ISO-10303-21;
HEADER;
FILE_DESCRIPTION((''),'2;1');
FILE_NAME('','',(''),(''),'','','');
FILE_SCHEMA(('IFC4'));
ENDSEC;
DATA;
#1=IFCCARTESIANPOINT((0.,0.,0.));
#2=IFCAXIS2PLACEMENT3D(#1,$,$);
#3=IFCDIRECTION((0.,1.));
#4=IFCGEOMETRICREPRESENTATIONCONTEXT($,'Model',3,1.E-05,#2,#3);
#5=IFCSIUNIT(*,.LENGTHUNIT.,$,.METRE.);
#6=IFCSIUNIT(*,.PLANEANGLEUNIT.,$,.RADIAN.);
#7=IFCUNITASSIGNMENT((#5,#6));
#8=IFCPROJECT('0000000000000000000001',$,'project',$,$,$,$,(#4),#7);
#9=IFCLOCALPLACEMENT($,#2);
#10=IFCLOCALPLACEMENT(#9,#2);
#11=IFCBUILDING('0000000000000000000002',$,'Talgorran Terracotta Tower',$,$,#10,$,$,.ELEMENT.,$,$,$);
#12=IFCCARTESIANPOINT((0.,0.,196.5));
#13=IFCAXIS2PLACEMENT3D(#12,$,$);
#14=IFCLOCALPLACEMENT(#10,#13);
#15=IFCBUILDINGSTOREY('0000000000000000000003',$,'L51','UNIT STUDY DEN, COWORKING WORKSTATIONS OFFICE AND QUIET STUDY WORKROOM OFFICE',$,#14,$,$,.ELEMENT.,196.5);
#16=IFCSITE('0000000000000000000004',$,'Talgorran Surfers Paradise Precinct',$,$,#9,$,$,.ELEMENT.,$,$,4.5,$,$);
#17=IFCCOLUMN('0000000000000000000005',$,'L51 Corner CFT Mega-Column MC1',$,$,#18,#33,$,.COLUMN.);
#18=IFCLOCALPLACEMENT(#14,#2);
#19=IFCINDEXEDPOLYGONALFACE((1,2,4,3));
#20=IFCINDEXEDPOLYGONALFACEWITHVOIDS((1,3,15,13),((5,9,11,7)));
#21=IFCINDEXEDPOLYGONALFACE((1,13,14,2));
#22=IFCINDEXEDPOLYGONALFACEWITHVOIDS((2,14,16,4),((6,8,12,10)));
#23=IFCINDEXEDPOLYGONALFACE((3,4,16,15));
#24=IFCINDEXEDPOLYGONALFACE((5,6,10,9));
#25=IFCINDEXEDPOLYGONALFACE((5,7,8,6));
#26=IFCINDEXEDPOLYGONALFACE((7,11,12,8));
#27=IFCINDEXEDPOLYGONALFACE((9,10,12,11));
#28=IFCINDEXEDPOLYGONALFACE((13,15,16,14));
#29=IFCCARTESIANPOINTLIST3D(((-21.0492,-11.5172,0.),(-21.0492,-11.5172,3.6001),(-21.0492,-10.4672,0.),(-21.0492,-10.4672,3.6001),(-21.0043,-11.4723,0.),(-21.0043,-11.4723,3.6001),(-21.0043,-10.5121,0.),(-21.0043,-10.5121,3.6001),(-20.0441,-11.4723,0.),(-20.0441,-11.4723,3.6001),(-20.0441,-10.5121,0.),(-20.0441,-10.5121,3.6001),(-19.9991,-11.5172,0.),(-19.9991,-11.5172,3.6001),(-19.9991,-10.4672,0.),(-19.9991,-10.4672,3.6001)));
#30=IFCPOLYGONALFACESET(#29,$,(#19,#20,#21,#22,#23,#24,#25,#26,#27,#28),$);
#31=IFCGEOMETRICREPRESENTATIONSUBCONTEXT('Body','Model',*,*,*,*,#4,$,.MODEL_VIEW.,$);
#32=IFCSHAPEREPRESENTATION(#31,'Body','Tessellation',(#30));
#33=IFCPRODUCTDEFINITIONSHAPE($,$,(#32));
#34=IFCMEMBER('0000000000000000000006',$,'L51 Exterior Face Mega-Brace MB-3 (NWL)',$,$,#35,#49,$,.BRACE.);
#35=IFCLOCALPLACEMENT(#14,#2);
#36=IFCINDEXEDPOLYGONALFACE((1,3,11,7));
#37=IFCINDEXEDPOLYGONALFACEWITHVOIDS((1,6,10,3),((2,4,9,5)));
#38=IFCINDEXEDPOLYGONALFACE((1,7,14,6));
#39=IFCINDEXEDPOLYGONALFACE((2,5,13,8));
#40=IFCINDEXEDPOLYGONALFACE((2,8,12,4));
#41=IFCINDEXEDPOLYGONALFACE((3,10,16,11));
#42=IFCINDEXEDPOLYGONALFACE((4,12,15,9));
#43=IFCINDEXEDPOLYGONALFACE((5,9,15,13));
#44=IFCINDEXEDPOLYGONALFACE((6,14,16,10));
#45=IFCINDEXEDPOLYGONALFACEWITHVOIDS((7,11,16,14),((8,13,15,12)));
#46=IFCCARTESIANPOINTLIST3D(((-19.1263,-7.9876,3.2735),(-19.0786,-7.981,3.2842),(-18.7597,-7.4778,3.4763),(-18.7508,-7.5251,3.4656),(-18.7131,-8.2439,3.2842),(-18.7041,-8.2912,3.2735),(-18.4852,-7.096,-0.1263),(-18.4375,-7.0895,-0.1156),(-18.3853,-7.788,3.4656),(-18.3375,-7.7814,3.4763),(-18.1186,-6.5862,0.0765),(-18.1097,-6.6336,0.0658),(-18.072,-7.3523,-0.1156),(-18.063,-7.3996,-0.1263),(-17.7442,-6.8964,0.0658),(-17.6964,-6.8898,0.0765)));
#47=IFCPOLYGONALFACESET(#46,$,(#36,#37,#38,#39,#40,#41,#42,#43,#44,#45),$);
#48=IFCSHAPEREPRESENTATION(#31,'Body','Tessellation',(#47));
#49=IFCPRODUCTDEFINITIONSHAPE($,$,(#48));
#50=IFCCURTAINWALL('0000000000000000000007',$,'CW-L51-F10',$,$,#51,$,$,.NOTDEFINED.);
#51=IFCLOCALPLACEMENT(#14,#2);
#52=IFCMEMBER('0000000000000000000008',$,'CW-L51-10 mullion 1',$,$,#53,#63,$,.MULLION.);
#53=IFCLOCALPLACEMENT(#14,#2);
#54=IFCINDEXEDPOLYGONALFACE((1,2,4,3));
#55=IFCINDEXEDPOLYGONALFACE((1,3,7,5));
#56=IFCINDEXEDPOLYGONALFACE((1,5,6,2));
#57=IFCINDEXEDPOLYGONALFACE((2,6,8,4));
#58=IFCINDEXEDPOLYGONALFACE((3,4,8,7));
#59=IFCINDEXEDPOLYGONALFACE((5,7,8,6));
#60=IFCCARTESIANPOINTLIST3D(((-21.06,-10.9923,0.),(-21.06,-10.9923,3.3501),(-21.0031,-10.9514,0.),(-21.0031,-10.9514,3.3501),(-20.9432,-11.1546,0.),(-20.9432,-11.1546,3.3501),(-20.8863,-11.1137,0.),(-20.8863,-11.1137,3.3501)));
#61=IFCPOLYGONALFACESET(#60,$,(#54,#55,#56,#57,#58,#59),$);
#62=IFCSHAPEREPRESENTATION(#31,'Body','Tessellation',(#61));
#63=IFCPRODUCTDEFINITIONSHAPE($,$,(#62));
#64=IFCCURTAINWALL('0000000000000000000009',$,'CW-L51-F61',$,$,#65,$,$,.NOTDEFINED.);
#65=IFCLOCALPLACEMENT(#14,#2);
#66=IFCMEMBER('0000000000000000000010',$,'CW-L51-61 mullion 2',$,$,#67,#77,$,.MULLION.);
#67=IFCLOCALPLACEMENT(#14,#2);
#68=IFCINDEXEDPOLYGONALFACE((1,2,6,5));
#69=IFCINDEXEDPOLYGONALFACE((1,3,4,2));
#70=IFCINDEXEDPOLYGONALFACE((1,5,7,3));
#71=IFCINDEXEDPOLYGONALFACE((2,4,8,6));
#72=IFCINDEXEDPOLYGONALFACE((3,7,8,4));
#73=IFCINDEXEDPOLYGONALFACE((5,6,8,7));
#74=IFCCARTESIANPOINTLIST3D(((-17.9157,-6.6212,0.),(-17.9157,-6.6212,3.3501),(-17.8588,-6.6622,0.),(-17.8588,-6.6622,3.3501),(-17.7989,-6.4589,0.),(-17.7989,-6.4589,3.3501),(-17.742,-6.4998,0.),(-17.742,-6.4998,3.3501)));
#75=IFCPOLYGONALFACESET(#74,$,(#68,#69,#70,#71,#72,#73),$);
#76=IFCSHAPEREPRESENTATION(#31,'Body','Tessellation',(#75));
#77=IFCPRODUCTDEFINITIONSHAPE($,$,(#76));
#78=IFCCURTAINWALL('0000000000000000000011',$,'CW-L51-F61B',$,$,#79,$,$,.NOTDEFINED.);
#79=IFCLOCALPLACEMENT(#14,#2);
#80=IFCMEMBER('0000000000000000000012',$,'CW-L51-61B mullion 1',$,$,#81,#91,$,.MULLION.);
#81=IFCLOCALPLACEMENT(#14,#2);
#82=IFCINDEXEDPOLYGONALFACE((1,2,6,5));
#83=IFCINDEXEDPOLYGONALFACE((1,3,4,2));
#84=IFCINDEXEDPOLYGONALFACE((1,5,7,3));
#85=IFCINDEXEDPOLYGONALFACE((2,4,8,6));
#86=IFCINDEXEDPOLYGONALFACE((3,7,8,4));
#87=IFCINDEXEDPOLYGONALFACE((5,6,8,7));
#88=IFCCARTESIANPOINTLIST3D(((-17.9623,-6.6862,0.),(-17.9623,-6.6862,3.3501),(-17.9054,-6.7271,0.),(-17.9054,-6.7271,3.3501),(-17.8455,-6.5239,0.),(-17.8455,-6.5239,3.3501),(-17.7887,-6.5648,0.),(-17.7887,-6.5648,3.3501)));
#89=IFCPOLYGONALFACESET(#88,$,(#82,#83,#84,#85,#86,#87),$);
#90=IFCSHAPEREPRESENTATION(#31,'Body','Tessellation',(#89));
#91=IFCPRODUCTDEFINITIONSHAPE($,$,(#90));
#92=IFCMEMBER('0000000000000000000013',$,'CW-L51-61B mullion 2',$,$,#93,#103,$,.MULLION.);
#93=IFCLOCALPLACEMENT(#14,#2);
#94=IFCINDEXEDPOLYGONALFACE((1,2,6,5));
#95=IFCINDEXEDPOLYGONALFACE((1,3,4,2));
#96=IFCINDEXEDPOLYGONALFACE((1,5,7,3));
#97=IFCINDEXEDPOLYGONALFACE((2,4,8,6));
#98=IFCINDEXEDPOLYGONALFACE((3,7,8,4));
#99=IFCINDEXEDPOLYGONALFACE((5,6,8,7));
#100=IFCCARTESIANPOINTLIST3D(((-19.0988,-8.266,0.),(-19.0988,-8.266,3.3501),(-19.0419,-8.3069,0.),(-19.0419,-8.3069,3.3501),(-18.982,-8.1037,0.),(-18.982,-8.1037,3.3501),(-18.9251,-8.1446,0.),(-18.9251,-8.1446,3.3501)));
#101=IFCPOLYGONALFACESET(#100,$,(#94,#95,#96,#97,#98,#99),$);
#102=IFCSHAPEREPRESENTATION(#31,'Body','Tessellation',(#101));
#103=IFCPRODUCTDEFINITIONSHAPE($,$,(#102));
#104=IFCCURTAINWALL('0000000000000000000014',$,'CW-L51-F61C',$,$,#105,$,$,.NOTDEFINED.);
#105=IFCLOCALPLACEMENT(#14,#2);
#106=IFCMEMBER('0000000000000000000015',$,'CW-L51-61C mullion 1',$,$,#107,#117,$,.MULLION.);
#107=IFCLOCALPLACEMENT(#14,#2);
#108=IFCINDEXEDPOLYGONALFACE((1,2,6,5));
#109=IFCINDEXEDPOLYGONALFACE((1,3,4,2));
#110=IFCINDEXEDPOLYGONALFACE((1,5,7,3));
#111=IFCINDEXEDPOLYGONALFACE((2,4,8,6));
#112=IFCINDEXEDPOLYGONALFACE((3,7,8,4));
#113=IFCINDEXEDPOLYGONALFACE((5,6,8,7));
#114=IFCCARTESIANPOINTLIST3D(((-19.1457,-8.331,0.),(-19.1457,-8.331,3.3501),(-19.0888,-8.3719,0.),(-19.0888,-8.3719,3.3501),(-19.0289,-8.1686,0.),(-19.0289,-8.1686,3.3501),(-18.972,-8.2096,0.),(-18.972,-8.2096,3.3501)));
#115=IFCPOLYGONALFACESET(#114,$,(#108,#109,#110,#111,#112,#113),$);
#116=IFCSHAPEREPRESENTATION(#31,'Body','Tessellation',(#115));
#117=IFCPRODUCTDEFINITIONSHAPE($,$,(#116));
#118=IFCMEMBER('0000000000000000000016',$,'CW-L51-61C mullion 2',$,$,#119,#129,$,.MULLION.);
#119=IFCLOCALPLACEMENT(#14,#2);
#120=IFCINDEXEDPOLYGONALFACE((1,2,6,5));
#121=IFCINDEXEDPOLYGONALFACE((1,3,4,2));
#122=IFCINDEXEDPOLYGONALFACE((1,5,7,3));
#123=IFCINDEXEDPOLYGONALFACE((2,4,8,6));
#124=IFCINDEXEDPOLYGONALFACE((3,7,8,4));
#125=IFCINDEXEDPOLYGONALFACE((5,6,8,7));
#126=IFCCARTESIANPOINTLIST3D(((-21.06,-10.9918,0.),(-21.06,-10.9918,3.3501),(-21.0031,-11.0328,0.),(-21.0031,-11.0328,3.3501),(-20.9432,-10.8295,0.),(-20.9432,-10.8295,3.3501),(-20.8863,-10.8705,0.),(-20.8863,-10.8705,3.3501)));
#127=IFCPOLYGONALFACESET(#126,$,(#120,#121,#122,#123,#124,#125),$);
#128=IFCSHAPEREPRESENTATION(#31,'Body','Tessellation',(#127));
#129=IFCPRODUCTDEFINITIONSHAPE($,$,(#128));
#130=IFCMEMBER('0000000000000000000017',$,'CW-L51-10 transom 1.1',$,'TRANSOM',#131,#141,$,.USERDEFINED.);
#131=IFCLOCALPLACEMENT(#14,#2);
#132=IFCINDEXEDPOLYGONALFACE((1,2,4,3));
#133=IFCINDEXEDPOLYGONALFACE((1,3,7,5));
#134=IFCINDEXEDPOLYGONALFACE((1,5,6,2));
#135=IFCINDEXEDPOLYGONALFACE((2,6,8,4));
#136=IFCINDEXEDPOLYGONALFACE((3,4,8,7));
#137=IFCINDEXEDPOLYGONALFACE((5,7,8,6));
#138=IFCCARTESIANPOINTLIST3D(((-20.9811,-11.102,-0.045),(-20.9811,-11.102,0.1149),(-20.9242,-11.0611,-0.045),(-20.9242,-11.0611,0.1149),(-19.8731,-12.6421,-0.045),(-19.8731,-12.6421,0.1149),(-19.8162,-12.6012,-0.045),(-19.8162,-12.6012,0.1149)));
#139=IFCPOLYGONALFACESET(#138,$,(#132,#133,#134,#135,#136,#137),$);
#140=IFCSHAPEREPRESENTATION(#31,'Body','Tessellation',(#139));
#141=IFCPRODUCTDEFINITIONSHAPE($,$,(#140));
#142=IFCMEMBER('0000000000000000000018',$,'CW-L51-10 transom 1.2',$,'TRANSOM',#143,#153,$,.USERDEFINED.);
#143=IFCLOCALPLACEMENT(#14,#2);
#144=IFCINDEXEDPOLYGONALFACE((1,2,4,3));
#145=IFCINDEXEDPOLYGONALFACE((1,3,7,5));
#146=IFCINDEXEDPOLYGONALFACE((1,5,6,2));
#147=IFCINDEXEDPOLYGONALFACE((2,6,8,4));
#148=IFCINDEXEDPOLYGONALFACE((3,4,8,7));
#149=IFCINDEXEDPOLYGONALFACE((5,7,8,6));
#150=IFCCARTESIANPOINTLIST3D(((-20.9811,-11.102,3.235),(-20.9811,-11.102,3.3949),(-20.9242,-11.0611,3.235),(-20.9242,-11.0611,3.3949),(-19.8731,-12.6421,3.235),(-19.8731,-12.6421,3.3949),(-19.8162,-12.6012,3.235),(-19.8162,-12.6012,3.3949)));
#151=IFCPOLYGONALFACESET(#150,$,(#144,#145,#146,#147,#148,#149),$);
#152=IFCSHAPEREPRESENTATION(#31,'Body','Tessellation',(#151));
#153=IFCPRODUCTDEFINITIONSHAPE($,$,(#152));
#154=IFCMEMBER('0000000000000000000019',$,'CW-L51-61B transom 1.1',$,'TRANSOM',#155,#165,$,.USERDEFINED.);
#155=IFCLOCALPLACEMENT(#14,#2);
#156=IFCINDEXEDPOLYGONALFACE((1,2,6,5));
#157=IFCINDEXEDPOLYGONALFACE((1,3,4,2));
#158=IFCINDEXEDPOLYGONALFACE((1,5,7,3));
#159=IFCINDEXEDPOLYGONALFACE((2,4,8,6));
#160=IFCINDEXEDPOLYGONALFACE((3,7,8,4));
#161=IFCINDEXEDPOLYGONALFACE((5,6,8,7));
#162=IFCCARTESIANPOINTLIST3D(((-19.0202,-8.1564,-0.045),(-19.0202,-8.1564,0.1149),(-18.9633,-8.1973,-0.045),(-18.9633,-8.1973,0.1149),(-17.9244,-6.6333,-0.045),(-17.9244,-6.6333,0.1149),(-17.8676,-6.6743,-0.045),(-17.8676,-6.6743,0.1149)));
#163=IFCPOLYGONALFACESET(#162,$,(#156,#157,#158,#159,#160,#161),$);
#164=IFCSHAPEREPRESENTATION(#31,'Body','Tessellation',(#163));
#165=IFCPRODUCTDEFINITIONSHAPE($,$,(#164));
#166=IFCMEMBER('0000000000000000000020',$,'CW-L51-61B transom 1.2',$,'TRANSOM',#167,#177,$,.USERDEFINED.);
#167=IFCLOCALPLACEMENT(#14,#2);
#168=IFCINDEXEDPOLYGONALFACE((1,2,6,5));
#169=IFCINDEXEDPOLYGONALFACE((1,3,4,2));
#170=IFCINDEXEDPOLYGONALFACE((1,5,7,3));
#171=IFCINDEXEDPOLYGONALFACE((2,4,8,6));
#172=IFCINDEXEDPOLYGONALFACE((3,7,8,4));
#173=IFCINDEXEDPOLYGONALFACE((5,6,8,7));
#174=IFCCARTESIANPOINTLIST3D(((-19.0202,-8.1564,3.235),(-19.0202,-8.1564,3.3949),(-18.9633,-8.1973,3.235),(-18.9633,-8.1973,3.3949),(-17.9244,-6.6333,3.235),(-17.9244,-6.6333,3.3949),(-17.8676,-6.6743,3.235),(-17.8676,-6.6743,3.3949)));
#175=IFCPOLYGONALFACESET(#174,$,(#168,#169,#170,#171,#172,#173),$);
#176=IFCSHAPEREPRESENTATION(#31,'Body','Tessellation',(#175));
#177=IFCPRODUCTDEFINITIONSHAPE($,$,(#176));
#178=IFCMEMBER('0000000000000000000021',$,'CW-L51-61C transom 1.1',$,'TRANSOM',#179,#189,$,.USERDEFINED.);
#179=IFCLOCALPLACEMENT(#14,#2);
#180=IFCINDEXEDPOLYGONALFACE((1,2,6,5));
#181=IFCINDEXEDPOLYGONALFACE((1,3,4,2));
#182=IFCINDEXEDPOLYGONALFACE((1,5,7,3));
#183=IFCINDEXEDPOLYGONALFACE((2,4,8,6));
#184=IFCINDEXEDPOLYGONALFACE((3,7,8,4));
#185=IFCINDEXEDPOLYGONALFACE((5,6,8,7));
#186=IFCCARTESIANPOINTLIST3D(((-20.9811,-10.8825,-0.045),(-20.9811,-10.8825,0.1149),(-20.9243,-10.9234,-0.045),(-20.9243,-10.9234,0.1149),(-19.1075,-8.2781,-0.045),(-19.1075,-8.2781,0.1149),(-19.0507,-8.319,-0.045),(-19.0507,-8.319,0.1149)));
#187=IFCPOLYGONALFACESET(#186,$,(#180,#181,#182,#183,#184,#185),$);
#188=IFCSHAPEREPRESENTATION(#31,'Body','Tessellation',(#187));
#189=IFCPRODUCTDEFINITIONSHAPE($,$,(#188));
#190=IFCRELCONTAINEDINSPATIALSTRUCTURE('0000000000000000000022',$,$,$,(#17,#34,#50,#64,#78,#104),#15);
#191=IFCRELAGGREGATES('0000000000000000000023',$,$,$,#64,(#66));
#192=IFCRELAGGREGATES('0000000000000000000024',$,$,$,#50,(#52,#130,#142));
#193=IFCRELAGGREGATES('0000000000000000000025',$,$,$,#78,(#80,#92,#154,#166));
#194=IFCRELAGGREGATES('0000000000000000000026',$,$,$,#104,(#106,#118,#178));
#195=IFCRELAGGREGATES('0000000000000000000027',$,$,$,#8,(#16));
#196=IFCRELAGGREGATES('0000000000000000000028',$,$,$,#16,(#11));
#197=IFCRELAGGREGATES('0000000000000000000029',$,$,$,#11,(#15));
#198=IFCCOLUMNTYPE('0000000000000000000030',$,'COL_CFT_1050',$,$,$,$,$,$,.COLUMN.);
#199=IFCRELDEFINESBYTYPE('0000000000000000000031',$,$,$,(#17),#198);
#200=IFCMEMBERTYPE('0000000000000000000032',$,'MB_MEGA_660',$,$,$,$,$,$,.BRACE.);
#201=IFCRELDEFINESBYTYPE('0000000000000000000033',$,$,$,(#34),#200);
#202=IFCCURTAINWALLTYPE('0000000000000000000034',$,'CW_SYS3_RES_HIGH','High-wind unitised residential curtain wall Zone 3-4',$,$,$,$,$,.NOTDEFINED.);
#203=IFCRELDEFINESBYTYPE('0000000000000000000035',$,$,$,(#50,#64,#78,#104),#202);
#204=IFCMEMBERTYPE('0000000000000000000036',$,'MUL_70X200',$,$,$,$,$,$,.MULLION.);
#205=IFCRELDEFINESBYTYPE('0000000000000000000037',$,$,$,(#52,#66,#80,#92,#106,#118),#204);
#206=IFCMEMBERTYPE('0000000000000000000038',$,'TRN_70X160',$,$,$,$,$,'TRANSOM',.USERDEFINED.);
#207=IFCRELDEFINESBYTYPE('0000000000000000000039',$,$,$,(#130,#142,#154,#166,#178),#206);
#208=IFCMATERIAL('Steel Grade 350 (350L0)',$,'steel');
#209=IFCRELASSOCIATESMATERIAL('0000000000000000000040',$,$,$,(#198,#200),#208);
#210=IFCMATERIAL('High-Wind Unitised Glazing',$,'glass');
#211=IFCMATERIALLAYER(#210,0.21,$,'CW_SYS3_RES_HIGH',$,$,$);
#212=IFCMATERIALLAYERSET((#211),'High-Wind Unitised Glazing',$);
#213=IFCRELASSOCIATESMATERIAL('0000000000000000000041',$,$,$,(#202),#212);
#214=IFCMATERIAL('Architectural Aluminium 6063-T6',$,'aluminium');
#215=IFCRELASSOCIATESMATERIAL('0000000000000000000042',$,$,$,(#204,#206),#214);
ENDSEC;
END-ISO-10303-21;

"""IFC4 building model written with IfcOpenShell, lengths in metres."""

from ifc_helpers import new_model, si_unit, direction, frame, origin, origin_2d, place, context, subcontext, project, spatial, rectangle, hollow_rectangle, extrude, material, layer, layer_set, material_profile, profile_set, type_object, element, aggregate, save


model = new_model("IFC4")

# Units and contexts
model_context = context("Model", 3, precision=1e-05, world=origin(), true_north=direction((0.0, 1.0)))
body_context = subcontext(model_context, "Body", "Model", "MODEL_VIEW")
ifc_project = project(units=[si_unit("LENGTHUNIT", "METRE"), si_unit("PLANEANGLEUNIT", "RADIAN")], contexts=[model_context])

# Site, building, storey
site_placement = place(None, origin())
site = spatial("IfcSite", under=ifc_project, at=site_placement, Name="Talgorran Surfers Paradise Precinct", CompositionType="ELEMENT", RefElevation=4.5)
building_placement = place(site_placement, origin())
building = spatial("IfcBuilding", under=site, at=building_placement, Name="Talgorran Terracotta Tower", CompositionType="ELEMENT")
storey_placement = place(building_placement, frame((0.0, 0.0, 196.5)))
storey = spatial("IfcBuildingStorey", under=building, at=storey_placement, Name="L51", Description="UNIT STUDY DEN, COWORKING WORKSTATIONS OFFICE AND QUIET STUDY WORKROOM OFFICE", CompositionType="ELEMENT", Elevation=196.5)

# Column
ifc_material_1 = material(Name="Steel Grade 350 (350L0)", Category="steel")
ifc_material_profile_1 = material_profile(ifc_material_1, hollow_rectangle(XDim=1.05, YDim=1.05, WallThickness=0.0449, at=origin_2d()), Name="CFT1050X1050X45")
ifc_profile_set_1 = profile_set([ifc_material_profile_1], Name="Steel Grade 350 (350L0)")
column_type = type_object("IfcColumnType", Name="COL_CFT_1050", PredefinedType="COLUMN", material=ifc_profile_set_1)
column_placement = place(storey_placement, frame((-20.5242, -10.9922, 0.0), z_axis=(0.0, 0.0, 1.0), x_axis=(1.0, 0.0, 0.0)))
element("IfcColumn", 1, at=column_placement, inside=storey, type_object=column_type, Name="L51 Corner CFT Mega-Column MC1", PredefinedType="COLUMN", context=body_context, shape_type="SweptSolid", body=[
    extrude(hollow_rectangle(XDim=1.05, YDim=1.05, WallThickness=0.0449, at=origin_2d()), origin(), (0.0, 0.0, 1.0), 3.6001),
])

# Member
ifc_material_profile_2 = material_profile(ifc_material_1, hollow_rectangle(XDim=0.52, YDim=0.6599, WallThickness=0.0349, at=origin_2d()), Name="WBOX660X520X35")
ifc_profile_set_2 = profile_set([ifc_material_profile_2], Name="Steel Grade 350 (350L0)")
member_type_1 = type_object("IfcMemberType", Name="MB_MEGA_660", PredefinedType="BRACE", material=ifc_profile_set_2)
member_1_placement = place(storey_placement, frame((-18.0908, -6.9929, -0.0249), z_axis=(-0.17944, -0.249549, 0.951592), x_axis=(0.811897, -0.583801, 0.0)))
element("IfcMember", 2, at=member_1_placement, inside=storey, type_object=member_type_1, Name="L51 Exterior Face Mega-Brace MB-3 (NWL)", PredefinedType="BRACE", context=body_context, shape_type="SweptSolid", body=[
    extrude(hollow_rectangle(XDim=0.52, YDim=0.6599, WallThickness=0.0349, at=origin_2d()), origin(), (0.0, 0.0, 1.0), 3.5728),
])

# Curtain walls, members
ifc_material_2 = material(Name="High-Wind Unitised Glazing", Category="glass")
ifc_layer_1 = layer(ifc_material_2, 0.21, Name="CW_SYS3_RES_HIGH")
ifc_layer_set_1 = layer_set([ifc_layer_1], Name="High-Wind Unitised Glazing")
curtain_wall_type = type_object("IfcCurtainWallType", Name="CW_SYS3_RES_HIGH", Description="High-wind unitised residential curtain wall Zone 3-4", PredefinedType="NOTDEFINED", material=ifc_layer_set_1)
curtain_wall_1_placement = place(storey_placement, origin())
curtain_wall_1 = element("IfcCurtainWall", 3, at=curtain_wall_1_placement, inside=storey, type_object=curtain_wall_type, Name="CW-L51-F10", PredefinedType="NOTDEFINED")
ifc_material_3 = material(Name="Architectural Aluminium 6063-T6", Category="aluminium")
ifc_material_profile_3 = material_profile(ifc_material_3, rectangle(XDim=0.0701, YDim=0.2, at=origin_2d()), Name="CWM70X200")
ifc_profile_set_3 = profile_set([ifc_material_profile_3], Name="Architectural Aluminium 6063-T6")
member_type_2 = type_object("IfcMemberType", Name="MUL_70X200", PredefinedType="MULLION", material=ifc_profile_set_3)
member_2_placement = place(storey_placement, frame((-20.9731, -11.053, 0.0), z_axis=(0.0, 0.0, 1.0), x_axis=(0.811782, 0.583961, 0.0)))
member_2 = element("IfcMember", 4, at=member_2_placement, type_object=member_type_2, Name="CW-L51-10 mullion 1", PredefinedType="MULLION", context=body_context, shape_type="SweptSolid", body=[
    extrude(rectangle(XDim=0.0701, YDim=0.2, at=origin_2d()), origin(), (0.0, 0.0, 1.0), 3.3501),
])
curtain_wall_2_placement = place(storey_placement, origin())
curtain_wall_2 = element("IfcCurtainWall", 5, at=curtain_wall_2_placement, inside=storey, type_object=curtain_wall_type, Name="CW-L51-F61", PredefinedType="NOTDEFINED")
member_3_placement = place(storey_placement, frame((-17.8289, -6.5605, 0.0), z_axis=(0.0, 0.0, 1.0), x_axis=(0.811768, -0.583979, 0.0)))
member_3 = element("IfcMember", 6, at=member_3_placement, type_object=member_type_2, Name="CW-L51-61 mullion 2", PredefinedType="MULLION", context=body_context, shape_type="SweptSolid", body=[
    extrude(rectangle(XDim=0.0701, YDim=0.2, at=origin_2d()), origin(), (0.0, 0.0, 1.0), 3.3501),
])
aggregate(curtain_wall_2, [member_3])

# Curtain walls, members
curtain_wall_3_placement = place(storey_placement, origin())
curtain_wall_3 = element("IfcCurtainWall", 7, at=curtain_wall_3_placement, inside=storey, type_object=curtain_wall_type, Name="CW-L51-F61B", PredefinedType="NOTDEFINED")
member_4_placement = place(storey_placement, frame((-17.8755, -6.6255, 0.0), z_axis=(0.0, 0.0, 1.0), x_axis=(0.811775, -0.58397, 0.0)))
member_4 = element("IfcMember", 8, at=member_4_placement, type_object=member_type_2, Name="CW-L51-61B mullion 1", PredefinedType="MULLION", context=body_context, shape_type="SweptSolid", body=[
    extrude(rectangle(XDim=0.0701, YDim=0.2, at=origin_2d()), origin(), (0.0, 0.0, 1.0), 3.3501),
])
member_5_placement = place(storey_placement, frame((-19.012, -8.2053, 0.0), z_axis=(0.0, 0.0, 1.0), x_axis=(0.811775, -0.58397, 0.0)))
member_5 = element("IfcMember", 9, at=member_5_placement, type_object=member_type_2, Name="CW-L51-61B mullion 2", PredefinedType="MULLION", context=body_context, shape_type="SweptSolid", body=[
    extrude(rectangle(XDim=0.0701, YDim=0.2, at=origin_2d()), origin(), (0.0, 0.0, 1.0), 3.3501),
])
curtain_wall_4_placement = place(storey_placement, origin())
curtain_wall_4 = element("IfcCurtainWall", 10, at=curtain_wall_4_placement, inside=storey, type_object=curtain_wall_type, Name="CW-L51-F61C", PredefinedType="NOTDEFINED")
member_6_placement = place(storey_placement, frame((-19.0588, -8.2703, 0.0), z_axis=(0.0, 0.0, 1.0), x_axis=(0.811763, -0.583987, 0.0)))
member_6 = element("IfcMember", 11, at=member_6_placement, type_object=member_type_2, Name="CW-L51-61C mullion 1", PredefinedType="MULLION", context=body_context, shape_type="SweptSolid", body=[
    extrude(rectangle(XDim=0.0701, YDim=0.2, at=origin_2d()), origin(), (0.0, 0.0, 1.0), 3.3501),
])
member_7_placement = place(storey_placement, frame((-20.9731, -10.9312, 0.0), z_axis=(0.0, 0.0, 1.0), x_axis=(0.811763, -0.583987, 0.0)))
member_7 = element("IfcMember", 12, at=member_7_placement, type_object=member_type_2, Name="CW-L51-61C mullion 2", PredefinedType="MULLION", context=body_context, shape_type="SweptSolid", body=[
    extrude(rectangle(XDim=0.0701, YDim=0.2, at=origin_2d()), origin(), (0.0, 0.0, 1.0), 3.3501),
])

# Members
ifc_material_profile_4 = material_profile(ifc_material_3, rectangle(XDim=0.0701, YDim=0.1599, at=origin_2d()), Name="CWT70X160")
ifc_profile_set_4 = profile_set([ifc_material_profile_4], Name="Architectural Aluminium 6063-T6")
member_type_3 = type_object("IfcMemberType", Name="TRN_70X160", ElementType="TRANSOM", PredefinedType="USERDEFINED", material=ifc_profile_set_4)
member_8_placement = place(storey_placement, frame((-20.9526, -11.0815, 0.0349), z_axis=(0.583986, -0.811764, 0.0), x_axis=(0.811764, 0.583986, 0.0)))
member_8 = element("IfcMember", 13, at=member_8_placement, type_object=member_type_3, Name="CW-L51-10 transom 1.1", ObjectType="TRANSOM", PredefinedType="USERDEFINED", context=body_context, shape_type="SweptSolid", body=[
    extrude(rectangle(XDim=0.0701, YDim=0.1599, at=origin_2d()), origin(), (0.0, 0.0, 1.0), 1.8972),
])
member_9_placement = place(storey_placement, frame((-20.9526, -11.0815, 3.3149), z_axis=(0.583986, -0.811764, 0.0), x_axis=(0.811764, 0.583986, 0.0)))
member_9 = element("IfcMember", 14, at=member_9_placement, type_object=member_type_3, Name="CW-L51-10 transom 1.2", ObjectType="TRANSOM", PredefinedType="USERDEFINED", context=body_context, shape_type="SweptSolid", body=[
    extrude(rectangle(XDim=0.0701, YDim=0.1599, at=origin_2d()), origin(), (0.0, 0.0, 1.0), 1.8972),
])
aggregate(curtain_wall_1, [member_2, member_8, member_9])
member_10_placement = place(storey_placement, frame((-17.896, -6.6538, 0.0349), z_axis=(-0.584017, -0.811742, 0.0), x_axis=(0.811742, -0.584017, 0.0)))
member_10 = element("IfcMember", 15, at=member_10_placement, type_object=member_type_3, Name="CW-L51-61B transom 1.1", ObjectType="TRANSOM", PredefinedType="USERDEFINED", context=body_context, shape_type="SweptSolid", body=[
    extrude(rectangle(XDim=0.0701, YDim=0.1599, at=origin_2d()), origin(), (0.0, 0.0, 1.0), 1.8762),
])
member_11_placement = place(storey_placement, frame((-17.896, -6.6538, 3.3149), z_axis=(-0.584017, -0.811742, 0.0), x_axis=(0.811742, -0.584017, 0.0)))
member_11 = element("IfcMember", 16, at=member_11_placement, type_object=member_type_3, Name="CW-L51-61B transom 1.2", ObjectType="TRANSOM", PredefinedType="USERDEFINED", context=body_context, shape_type="SweptSolid", body=[
    extrude(rectangle(XDim=0.0701, YDim=0.1599, at=origin_2d()), origin(), (0.0, 0.0, 1.0), 1.8762),
])
member_12_placement = place(storey_placement, frame((-19.0791, -8.2986, 0.0349), z_axis=(-0.583992, -0.811759, 0.0), x_axis=(0.811759, -0.583992, 0.0)))
member_12 = element("IfcMember", 17, at=member_12_placement, type_object=member_type_3, Name="CW-L51-61C transom 1.1", ObjectType="TRANSOM", PredefinedType="USERDEFINED", context=body_context, shape_type="SweptSolid", body=[
    extrude(rectangle(XDim=0.0701, YDim=0.1599, at=origin_2d()), origin(), (0.0, 0.0, 1.0), 3.2083),
])

aggregate(curtain_wall_3, [member_4, member_5, member_10, member_11])
aggregate(curtain_wall_4, [member_6, member_7, member_12])

save(model, "model.ifc")
